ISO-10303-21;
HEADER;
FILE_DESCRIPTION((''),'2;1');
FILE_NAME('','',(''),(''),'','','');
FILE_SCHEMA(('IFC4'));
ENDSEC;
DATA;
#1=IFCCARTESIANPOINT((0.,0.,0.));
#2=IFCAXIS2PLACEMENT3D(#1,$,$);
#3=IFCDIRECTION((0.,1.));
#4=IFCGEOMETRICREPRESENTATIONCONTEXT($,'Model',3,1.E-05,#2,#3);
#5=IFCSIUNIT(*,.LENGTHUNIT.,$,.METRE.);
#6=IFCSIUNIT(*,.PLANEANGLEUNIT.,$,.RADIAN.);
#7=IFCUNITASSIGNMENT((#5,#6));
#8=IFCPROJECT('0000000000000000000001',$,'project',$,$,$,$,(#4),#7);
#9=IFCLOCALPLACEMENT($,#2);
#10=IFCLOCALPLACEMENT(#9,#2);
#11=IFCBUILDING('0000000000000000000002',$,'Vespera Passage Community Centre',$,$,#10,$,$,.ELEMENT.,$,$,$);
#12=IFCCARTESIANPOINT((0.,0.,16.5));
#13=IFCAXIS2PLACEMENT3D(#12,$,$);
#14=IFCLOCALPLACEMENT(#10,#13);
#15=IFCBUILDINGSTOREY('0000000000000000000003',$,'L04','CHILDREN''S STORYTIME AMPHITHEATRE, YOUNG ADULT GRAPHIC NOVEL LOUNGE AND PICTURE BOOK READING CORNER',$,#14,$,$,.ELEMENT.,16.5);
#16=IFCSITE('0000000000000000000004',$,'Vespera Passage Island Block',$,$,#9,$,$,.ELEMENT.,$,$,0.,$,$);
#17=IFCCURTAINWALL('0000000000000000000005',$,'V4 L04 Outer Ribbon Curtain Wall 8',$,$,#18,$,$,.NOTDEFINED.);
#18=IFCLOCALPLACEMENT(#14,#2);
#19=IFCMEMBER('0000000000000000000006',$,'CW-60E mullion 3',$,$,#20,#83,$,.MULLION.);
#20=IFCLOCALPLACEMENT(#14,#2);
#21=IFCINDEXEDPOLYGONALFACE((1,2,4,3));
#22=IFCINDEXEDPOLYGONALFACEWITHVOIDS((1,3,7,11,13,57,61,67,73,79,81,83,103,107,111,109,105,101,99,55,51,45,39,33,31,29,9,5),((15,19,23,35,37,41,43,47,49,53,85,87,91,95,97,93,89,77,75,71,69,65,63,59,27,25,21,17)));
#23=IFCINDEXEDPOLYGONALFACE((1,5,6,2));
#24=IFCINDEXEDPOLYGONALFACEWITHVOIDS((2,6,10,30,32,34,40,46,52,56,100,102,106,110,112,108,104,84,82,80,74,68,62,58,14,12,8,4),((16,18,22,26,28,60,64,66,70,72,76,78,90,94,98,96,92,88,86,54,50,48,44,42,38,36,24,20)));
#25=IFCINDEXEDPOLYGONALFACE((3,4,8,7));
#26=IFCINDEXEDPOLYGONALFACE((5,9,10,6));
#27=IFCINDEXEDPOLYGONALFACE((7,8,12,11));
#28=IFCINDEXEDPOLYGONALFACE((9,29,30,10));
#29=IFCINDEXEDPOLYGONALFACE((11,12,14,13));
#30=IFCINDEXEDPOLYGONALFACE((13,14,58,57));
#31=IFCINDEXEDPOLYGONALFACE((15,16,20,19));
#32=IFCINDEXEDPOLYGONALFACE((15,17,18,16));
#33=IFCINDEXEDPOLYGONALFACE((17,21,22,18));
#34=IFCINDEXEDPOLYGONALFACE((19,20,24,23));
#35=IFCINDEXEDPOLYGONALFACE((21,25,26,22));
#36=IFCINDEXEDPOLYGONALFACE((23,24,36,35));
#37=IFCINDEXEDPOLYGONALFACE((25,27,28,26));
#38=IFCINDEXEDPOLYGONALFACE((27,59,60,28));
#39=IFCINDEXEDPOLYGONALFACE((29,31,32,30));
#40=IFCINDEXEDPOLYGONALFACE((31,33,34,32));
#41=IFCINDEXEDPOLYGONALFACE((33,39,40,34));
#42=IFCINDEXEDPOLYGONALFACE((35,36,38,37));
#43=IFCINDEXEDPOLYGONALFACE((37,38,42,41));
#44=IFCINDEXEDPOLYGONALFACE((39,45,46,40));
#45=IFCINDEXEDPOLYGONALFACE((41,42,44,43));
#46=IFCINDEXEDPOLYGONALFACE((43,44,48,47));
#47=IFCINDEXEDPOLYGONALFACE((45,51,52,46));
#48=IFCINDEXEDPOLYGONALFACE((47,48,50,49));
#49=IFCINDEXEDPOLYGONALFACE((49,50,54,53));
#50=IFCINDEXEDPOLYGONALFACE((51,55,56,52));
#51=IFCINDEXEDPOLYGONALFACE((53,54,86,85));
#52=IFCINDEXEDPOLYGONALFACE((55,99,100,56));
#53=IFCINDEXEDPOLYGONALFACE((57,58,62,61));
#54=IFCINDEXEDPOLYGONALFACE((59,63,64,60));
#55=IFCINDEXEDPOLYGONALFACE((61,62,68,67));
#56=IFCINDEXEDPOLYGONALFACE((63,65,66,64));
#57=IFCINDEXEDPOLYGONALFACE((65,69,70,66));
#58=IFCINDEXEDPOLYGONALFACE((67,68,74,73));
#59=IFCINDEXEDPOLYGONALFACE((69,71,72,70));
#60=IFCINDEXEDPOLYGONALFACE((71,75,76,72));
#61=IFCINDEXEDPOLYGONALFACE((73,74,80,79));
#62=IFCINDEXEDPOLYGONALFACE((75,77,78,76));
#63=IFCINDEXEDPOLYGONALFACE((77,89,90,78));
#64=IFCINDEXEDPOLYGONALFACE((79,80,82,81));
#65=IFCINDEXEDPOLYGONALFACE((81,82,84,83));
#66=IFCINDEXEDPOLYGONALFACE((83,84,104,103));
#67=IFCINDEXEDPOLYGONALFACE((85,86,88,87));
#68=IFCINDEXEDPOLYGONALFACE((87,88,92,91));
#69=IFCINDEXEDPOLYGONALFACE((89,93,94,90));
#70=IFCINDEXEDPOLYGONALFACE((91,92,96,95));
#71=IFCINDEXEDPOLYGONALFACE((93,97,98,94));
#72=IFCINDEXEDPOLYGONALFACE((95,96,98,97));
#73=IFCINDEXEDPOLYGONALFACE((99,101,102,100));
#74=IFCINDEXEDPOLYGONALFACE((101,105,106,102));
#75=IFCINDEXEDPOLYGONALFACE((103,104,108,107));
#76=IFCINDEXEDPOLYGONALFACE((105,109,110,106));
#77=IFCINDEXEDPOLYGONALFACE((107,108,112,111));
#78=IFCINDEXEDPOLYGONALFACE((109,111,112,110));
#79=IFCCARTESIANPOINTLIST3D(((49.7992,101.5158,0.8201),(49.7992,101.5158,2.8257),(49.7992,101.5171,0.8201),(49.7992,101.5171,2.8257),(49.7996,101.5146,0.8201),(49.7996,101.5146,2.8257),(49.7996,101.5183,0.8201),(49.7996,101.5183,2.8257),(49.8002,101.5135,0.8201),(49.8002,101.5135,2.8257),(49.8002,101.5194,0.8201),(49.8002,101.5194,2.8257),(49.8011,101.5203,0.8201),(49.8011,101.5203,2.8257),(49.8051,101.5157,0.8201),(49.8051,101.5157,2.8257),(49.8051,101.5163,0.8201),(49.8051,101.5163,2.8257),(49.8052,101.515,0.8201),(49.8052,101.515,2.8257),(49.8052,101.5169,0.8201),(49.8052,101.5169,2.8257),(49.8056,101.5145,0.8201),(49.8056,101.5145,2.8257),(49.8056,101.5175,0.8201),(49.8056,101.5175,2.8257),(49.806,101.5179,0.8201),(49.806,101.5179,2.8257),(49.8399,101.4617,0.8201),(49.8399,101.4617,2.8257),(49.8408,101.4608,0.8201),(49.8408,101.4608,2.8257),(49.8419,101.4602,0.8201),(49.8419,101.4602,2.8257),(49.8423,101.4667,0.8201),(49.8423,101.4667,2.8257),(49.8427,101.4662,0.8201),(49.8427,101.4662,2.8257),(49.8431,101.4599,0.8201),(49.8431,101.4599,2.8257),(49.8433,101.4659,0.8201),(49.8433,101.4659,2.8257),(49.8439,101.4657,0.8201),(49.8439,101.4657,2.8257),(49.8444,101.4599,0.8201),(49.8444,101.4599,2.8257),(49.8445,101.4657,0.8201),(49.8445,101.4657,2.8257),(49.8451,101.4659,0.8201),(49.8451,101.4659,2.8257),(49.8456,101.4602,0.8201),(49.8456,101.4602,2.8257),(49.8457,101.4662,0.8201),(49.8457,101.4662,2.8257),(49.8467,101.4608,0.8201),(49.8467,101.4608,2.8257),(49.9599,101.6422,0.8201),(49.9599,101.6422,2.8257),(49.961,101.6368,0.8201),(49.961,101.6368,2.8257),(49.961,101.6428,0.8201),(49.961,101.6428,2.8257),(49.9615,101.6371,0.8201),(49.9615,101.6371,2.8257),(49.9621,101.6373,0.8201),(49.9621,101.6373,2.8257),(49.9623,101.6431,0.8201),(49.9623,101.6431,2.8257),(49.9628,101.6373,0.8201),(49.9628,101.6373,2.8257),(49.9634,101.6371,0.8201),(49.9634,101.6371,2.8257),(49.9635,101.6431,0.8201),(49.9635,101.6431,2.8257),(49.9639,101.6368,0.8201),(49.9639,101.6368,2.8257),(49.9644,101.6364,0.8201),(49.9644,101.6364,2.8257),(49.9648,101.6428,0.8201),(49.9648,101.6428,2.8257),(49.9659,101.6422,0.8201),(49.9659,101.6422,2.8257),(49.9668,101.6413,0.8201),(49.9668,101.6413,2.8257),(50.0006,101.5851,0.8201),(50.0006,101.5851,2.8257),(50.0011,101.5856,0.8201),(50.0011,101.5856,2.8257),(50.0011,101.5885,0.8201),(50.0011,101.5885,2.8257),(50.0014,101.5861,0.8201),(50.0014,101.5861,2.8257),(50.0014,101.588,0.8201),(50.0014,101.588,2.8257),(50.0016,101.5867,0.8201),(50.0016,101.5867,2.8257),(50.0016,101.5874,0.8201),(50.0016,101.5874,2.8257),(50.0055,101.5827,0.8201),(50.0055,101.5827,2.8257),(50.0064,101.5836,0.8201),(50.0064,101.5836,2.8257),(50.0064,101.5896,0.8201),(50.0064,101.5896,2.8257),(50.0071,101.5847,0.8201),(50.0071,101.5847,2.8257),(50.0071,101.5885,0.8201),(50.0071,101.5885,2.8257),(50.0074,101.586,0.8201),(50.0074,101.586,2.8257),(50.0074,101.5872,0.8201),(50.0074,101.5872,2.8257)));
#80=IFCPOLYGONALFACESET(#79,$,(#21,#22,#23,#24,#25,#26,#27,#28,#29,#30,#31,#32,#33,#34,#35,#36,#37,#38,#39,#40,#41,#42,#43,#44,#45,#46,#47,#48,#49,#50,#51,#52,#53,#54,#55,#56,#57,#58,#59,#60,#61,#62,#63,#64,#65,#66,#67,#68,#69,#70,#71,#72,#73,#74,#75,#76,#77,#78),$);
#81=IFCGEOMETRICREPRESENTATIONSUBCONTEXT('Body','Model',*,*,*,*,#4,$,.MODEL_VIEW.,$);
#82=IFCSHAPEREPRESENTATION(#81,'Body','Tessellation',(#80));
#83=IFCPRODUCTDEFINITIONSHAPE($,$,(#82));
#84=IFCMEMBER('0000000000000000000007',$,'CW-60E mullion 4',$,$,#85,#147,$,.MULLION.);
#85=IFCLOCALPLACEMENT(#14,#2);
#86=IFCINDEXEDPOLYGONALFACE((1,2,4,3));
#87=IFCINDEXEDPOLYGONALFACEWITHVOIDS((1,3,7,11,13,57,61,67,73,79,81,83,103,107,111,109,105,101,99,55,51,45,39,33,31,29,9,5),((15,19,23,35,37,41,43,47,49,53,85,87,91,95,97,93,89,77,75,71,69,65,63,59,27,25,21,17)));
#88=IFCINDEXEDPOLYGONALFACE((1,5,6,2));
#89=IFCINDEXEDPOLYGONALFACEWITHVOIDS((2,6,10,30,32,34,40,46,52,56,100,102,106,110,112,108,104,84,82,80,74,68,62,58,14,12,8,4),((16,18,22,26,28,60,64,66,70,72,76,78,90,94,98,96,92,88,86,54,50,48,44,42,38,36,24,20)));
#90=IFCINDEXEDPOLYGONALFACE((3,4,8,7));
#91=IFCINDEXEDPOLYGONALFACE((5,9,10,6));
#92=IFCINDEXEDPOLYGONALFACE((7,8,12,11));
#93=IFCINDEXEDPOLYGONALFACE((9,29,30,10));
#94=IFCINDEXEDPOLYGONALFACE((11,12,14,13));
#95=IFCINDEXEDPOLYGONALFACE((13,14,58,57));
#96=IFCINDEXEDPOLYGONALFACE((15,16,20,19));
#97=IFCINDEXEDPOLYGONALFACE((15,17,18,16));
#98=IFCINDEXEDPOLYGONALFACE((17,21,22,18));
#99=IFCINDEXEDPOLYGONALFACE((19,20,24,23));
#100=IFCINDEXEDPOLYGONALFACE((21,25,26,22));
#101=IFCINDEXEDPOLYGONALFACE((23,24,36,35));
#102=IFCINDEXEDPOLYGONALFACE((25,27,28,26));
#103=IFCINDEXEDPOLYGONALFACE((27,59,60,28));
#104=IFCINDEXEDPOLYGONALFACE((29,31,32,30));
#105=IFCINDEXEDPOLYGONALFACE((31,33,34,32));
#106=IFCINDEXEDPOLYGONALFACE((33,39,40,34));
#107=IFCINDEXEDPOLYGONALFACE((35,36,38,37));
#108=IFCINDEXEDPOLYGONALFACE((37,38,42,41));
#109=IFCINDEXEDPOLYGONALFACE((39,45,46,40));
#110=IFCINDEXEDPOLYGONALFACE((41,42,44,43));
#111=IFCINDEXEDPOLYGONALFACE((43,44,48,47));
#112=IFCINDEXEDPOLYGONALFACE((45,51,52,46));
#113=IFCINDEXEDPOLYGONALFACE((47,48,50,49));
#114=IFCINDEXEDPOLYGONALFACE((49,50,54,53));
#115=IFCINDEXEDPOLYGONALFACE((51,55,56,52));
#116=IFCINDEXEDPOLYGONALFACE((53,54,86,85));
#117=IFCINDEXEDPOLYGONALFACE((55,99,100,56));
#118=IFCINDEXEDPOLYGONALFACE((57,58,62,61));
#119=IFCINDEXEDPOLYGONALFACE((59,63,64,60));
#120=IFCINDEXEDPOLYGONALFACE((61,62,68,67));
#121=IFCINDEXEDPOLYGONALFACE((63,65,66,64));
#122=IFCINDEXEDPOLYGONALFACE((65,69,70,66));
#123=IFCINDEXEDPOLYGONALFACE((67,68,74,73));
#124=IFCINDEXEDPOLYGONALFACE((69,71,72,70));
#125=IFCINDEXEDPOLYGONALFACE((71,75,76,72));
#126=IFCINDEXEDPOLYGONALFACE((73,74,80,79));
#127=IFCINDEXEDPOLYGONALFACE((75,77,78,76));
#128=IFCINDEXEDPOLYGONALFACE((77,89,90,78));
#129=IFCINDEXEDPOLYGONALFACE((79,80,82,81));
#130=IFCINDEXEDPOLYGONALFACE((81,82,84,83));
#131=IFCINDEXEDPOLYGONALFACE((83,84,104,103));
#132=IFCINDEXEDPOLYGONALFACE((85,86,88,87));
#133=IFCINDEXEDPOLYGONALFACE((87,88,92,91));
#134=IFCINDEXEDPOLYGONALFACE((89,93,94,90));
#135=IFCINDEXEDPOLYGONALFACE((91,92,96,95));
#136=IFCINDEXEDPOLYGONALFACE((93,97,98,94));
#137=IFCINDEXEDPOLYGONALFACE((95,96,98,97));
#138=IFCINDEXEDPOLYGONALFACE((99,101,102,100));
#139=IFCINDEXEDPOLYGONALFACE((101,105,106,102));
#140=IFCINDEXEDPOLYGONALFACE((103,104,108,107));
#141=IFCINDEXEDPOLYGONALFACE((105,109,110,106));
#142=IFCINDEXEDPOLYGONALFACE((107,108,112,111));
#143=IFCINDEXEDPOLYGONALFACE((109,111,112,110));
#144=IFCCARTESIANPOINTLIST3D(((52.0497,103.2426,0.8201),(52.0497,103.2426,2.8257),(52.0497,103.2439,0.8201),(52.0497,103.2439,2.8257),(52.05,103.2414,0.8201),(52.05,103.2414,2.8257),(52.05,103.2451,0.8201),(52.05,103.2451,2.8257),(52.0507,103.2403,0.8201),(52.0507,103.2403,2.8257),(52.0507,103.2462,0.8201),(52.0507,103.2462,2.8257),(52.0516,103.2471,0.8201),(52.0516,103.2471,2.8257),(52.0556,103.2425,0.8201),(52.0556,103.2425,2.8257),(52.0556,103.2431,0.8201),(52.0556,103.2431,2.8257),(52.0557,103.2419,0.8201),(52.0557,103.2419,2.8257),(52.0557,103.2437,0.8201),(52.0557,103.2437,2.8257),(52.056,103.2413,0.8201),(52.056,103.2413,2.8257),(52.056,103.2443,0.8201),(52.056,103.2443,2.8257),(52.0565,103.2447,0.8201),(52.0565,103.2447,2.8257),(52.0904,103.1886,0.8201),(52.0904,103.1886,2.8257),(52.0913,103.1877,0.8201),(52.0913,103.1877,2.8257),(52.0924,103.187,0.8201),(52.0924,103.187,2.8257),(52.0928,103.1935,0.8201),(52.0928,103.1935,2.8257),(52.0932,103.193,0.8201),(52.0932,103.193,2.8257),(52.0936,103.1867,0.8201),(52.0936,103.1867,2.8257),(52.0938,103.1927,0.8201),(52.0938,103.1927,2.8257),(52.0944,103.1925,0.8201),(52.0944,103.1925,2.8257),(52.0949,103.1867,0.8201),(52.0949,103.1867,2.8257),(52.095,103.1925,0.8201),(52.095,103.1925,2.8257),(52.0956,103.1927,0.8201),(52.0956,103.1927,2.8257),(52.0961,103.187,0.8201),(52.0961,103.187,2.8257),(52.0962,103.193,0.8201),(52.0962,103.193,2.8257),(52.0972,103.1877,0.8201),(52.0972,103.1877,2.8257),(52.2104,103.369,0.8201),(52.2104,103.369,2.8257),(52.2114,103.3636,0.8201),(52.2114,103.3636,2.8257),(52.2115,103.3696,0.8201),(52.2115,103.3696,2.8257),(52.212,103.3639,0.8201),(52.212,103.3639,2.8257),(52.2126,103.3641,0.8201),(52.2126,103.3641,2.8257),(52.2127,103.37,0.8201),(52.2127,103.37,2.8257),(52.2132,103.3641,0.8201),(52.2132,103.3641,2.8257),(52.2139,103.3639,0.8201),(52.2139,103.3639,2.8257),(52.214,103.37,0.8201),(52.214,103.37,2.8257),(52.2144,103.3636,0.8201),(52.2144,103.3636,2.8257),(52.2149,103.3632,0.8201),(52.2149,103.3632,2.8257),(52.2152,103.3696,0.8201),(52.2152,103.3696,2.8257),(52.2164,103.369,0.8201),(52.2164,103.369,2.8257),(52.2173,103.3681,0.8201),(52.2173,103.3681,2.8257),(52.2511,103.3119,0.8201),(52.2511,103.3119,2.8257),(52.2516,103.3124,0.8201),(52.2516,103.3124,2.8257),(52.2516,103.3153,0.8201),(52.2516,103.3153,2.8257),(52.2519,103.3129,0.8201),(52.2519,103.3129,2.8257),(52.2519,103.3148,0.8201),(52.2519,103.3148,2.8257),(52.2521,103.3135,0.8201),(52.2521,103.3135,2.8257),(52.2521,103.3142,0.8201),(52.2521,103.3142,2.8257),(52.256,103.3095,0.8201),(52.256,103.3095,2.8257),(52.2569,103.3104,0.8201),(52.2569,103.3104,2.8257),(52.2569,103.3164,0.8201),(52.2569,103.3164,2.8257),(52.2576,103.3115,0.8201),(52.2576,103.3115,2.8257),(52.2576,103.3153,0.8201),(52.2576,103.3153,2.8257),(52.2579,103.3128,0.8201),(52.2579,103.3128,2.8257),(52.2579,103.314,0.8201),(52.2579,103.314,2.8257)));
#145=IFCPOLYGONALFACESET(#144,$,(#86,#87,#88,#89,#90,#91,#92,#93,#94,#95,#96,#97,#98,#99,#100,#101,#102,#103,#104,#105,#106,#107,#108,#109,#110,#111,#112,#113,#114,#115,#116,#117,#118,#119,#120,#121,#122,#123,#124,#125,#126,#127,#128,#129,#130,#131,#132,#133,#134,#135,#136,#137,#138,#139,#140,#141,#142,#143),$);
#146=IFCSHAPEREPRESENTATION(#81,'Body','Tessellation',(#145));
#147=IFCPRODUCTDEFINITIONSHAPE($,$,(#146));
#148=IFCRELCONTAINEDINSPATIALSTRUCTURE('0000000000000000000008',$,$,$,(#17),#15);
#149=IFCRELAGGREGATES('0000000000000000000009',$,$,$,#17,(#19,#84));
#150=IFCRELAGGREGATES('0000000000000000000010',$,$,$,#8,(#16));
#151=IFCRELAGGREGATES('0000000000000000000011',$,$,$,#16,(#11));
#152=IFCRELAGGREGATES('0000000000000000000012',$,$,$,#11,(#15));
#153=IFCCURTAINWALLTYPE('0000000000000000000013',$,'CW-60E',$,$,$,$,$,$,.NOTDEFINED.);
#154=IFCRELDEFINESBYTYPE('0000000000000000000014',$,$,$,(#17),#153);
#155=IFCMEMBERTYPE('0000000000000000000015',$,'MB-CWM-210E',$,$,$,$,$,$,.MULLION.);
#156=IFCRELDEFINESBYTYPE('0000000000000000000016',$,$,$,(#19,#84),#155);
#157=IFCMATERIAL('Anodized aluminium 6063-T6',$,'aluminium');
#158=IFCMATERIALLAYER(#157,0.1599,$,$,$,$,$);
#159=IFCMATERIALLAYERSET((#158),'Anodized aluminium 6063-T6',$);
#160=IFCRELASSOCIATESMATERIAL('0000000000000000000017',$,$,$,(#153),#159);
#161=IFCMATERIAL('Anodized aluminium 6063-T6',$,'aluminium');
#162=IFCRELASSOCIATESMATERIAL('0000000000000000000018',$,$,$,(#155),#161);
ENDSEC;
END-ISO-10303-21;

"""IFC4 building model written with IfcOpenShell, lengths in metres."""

from ifc_helpers import new_model, si_unit, direction, frame, origin, origin_2d, place, context, subcontext, project, spatial, hollow_rectangle, extrude, material, layer, layer_set, material_profile, profile_set, type_object, element, aggregate, save


model = new_model("IFC4")

# Units and contexts
model_context = context("Model", 3, precision=1e-05, world=origin(), true_north=direction((0.0, 1.0)))
body_context = subcontext(model_context, "Body", "Model", "MODEL_VIEW")
ifc_project = project(units=[si_unit("LENGTHUNIT", "METRE"), si_unit("PLANEANGLEUNIT", "RADIAN")], contexts=[model_context])

# Site, building, storey
site_placement = place(None, origin())
site = spatial("IfcSite", under=ifc_project, at=site_placement, Name="Vespera Passage Island Block", CompositionType="ELEMENT", RefElevation=0.0)
building_placement = place(site_placement, origin())
building = spatial("IfcBuilding", under=site, at=building_placement, Name="Vespera Passage Community Centre", CompositionType="ELEMENT")
storey_placement = place(building_placement, frame((0.0, 0.0, 16.5)))
storey = spatial("IfcBuildingStorey", under=building, at=storey_placement, Name="L04", Description="CHILDREN'S STORYTIME AMPHITHEATRE, YOUNG ADULT GRAPHIC NOVEL LOUNGE AND PICTURE BOOK READING CORNER", CompositionType="ELEMENT", Elevation=16.5)

# Curtain wall, members
ifc_material_1 = material(Name="Anodized aluminium 6063-T6", Category="aluminium")
ifc_layer_1 = layer(ifc_material_1, 0.1599)
ifc_layer_set_1 = layer_set([ifc_layer_1], Name="Anodized aluminium 6063-T6")
curtain_wall_type = type_object("IfcCurtainWallType", Name="CW-60E", PredefinedType="NOTDEFINED", material=ifc_layer_set_1)
curtain_wall_placement = place(storey_placement, origin())
curtain_wall = element("IfcCurtainWall", 1, at=curtain_wall_placement, inside=storey, type_object=curtain_wall_type, Name="V4 L04 Outer Ribbon Curtain Wall 8", PredefinedType="NOTDEFINED")
ifc_material_2 = material(Name="Anodized aluminium 6063-T6", Category="aluminium")
ifc_material_profile_1 = material_profile(ifc_material_2, hollow_rectangle(XDim=0.075, YDim=0.21, WallThickness=0.0049, InnerFilletRadius=0.0024, OuterFilletRadius=0.0049, at=origin_2d()), Name="ALU210X75X5")
ifc_profile_set_1 = profile_set([ifc_material_profile_1], Name="Anodized aluminium 6063-T6")
member_type_1 = type_object("IfcMemberType", Name="MB-CWM-210E", PredefinedType="MULLION", material=ifc_profile_set_1)
member_1_placement = place(storey_placement, frame((49.9033, 101.5515, 0.8201), z_axis=(0.0, 0.0, 1.0), x_axis=(-0.608768, 0.793348, 0.0)))
member_1 = element("IfcMember", 2, at=member_1_placement, type_object=member_type_1, Name="CW-60E mullion 3", PredefinedType="MULLION", context=body_context, shape_type="SweptSolid", body=[
    extrude(hollow_rectangle(XDim=0.075, YDim=0.21, WallThickness=0.0049, InnerFilletRadius=0.0024, OuterFilletRadius=0.0049, at=origin_2d()), origin(), (0.0, 0.0, 1.0), 2.0056),
])
member_2_placement = place(storey_placement, frame((52.1538, 103.2783, 0.8201), z_axis=(0.0, 0.0, 1.0), x_axis=(-0.608768, 0.793348, 0.0)))
member_2 = element("IfcMember", 3, at=member_2_placement, type_object=member_type_1, Name="CW-60E mullion 4", PredefinedType="MULLION", context=body_context, shape_type="SweptSolid", body=[
    extrude(hollow_rectangle(XDim=0.075, YDim=0.21, WallThickness=0.0049, InnerFilletRadius=0.0024, OuterFilletRadius=0.0049, at=origin_2d()), origin(), (0.0, 0.0, 1.0), 2.0056),
])
aggregate(curtain_wall, [member_1, member_2])

save(model, "model.ifc")
